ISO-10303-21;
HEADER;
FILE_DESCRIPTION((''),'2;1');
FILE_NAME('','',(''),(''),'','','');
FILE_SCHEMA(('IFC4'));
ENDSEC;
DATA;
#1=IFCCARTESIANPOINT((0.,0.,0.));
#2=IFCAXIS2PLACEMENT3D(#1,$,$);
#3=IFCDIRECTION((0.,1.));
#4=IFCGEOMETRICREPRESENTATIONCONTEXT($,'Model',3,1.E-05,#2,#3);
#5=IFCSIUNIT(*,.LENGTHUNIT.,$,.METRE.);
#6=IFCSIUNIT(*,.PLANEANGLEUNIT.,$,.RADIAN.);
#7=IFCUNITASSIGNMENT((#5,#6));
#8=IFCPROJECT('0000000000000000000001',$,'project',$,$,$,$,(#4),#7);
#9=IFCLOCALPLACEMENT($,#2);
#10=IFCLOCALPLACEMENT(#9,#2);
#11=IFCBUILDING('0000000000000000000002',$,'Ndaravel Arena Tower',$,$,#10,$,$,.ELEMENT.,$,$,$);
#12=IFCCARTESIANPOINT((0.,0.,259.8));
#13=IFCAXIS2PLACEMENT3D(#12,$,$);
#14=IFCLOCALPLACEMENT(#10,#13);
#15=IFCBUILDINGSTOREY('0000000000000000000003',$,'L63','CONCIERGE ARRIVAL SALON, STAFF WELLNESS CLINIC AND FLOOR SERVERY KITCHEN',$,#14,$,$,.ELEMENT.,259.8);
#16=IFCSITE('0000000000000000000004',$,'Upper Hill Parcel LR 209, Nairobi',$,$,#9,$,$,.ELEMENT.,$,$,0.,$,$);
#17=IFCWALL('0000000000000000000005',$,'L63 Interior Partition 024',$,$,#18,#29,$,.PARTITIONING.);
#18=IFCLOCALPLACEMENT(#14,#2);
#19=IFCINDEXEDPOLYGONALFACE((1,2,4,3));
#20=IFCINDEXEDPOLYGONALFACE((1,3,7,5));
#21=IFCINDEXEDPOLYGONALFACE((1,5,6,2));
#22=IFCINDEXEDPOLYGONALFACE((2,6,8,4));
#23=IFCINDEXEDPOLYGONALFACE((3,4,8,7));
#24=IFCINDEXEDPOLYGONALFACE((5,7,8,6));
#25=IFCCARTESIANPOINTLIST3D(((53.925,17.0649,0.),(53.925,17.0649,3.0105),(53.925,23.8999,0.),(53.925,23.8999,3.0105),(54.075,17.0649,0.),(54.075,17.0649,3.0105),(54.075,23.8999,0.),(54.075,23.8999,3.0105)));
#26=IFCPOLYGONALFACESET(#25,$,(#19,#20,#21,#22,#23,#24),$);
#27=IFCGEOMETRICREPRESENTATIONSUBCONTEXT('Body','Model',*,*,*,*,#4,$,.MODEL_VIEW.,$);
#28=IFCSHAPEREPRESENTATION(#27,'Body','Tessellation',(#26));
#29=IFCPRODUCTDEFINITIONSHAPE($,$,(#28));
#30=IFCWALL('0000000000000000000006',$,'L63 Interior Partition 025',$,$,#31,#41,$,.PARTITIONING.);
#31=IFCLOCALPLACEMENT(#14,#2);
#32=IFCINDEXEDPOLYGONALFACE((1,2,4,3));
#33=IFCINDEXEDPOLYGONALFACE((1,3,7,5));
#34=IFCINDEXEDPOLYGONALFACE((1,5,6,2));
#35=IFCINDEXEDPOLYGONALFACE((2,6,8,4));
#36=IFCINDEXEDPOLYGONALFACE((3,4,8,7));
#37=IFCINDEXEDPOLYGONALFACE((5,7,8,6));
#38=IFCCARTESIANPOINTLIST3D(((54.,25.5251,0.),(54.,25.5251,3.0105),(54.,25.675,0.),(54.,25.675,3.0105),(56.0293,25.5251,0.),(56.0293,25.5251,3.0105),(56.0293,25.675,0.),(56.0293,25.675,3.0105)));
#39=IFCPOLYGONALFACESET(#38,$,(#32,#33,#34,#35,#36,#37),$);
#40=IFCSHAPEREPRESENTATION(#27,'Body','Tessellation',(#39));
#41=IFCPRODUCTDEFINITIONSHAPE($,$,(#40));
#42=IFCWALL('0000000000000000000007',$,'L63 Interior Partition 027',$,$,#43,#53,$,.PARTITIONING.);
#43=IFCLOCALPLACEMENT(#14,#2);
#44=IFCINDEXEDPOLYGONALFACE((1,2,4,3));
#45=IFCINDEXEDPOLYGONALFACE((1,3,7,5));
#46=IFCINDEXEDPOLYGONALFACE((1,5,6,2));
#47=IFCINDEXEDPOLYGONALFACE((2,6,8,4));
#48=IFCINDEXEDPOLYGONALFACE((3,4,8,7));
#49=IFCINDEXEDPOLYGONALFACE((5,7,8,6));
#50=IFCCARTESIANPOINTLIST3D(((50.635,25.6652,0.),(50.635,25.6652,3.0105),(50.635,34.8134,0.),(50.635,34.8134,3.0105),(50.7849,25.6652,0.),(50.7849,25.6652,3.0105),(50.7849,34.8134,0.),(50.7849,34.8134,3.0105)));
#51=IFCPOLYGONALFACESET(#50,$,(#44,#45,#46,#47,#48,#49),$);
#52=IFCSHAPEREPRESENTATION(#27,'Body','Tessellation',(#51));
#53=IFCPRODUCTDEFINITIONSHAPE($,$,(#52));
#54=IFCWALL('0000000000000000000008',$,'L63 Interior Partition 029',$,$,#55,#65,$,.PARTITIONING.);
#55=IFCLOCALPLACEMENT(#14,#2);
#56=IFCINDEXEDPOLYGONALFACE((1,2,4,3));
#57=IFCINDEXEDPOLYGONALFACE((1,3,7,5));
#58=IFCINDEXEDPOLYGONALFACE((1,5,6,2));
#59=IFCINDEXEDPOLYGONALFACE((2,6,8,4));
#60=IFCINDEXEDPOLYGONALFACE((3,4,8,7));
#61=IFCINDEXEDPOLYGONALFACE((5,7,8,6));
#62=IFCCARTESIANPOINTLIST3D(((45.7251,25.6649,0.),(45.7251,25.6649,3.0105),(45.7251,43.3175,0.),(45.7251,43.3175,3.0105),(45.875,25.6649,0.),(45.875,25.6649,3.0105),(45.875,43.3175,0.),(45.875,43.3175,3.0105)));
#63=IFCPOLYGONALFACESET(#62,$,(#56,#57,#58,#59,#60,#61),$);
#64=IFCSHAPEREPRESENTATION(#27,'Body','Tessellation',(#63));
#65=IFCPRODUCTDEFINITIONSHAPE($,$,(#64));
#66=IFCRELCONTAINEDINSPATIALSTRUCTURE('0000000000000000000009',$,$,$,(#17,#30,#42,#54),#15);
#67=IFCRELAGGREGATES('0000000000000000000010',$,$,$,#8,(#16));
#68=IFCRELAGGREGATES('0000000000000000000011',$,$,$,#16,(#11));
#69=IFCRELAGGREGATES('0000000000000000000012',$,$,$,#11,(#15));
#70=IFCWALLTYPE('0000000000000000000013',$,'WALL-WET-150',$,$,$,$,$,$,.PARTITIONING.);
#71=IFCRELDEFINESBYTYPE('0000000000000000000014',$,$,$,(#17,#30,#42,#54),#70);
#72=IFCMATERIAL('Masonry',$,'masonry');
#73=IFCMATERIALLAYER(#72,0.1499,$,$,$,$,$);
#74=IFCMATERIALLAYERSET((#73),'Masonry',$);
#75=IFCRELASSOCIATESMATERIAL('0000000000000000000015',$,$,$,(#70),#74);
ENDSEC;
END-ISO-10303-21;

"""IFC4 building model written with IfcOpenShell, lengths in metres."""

from ifc_helpers import new_model, si_unit, direction, frame, frame_2d, origin, place, context, subcontext, project, spatial, rectangle, extrude, material, layer, layer_set, type_object, element, save


model = new_model("IFC4")

# Units and contexts
model_context = context("Model", 3, precision=1e-05, world=origin(), true_north=direction((0.0, 1.0)))
body_context = subcontext(model_context, "Body", "Model", "MODEL_VIEW")
ifc_project = project(units=[si_unit("LENGTHUNIT", "METRE"), si_unit("PLANEANGLEUNIT", "RADIAN")], contexts=[model_context])

# Site, building, storey
site_placement = place(None, origin())
site = spatial("IfcSite", under=ifc_project, at=site_placement, Name="Upper Hill Parcel LR 209, Nairobi", CompositionType="ELEMENT", RefElevation=0.0)
building_placement = place(site_placement, origin())
building = spatial("IfcBuilding", under=site, at=building_placement, Name="Ndaravel Arena Tower", CompositionType="ELEMENT")
storey_placement = place(building_placement, frame((0.0, 0.0, 259.8)))
storey = spatial("IfcBuildingStorey", under=building, at=storey_placement, Name="L63", Description="CONCIERGE ARRIVAL SALON, STAFF WELLNESS CLINIC AND FLOOR SERVERY KITCHEN", CompositionType="ELEMENT", Elevation=259.8)

# Shared definitions
ifc_material_1 = material(Name="Masonry", Category="masonry")
ifc_layer_1 = layer(ifc_material_1, 0.1499)
ifc_layer_set_1 = layer_set([ifc_layer_1], Name="Masonry")
wall_type_1 = type_object("IfcWallType", Name="WALL-WET-150", PredefinedType="PARTITIONING", material=ifc_layer_set_1)

# Walls
wall_1_placement = place(storey_placement, frame((54.0, 23.8999, 0.0), z_axis=(0.0, 0.0, 1.0), x_axis=(0.0, -1.0, 0.0)))
element("IfcWall", 1, at=wall_1_placement, inside=storey, type_object=wall_type_1, Name="L63 Interior Partition 024", PredefinedType="PARTITIONING", context=body_context, shape_type="SweptSolid", body=[
    extrude(rectangle(XDim=6.835, YDim=0.1499, at=frame_2d((3.4175, 0.0))), origin(), (0.0, 0.0, 1.0), 3.0105),
])
wall_2_placement = place(storey_placement, frame((54.0, 25.6001, 0.0), z_axis=(0.0, 0.0, 1.0), x_axis=(1.0, 0.0, 0.0)))
element("IfcWall", 2, at=wall_2_placement, inside=storey, type_object=wall_type_1, Name="L63 Interior Partition 025", PredefinedType="PARTITIONING", context=body_context, shape_type="SweptSolid", body=[
    extrude(rectangle(XDim=2.0293, YDim=0.1499, at=frame_2d((1.0146, 0.0))), origin(), (0.0, 0.0, 1.0), 3.0105),
])
wall_3_placement = place(storey_placement, frame((50.71, 25.665, 0.0), z_axis=(0.0, 0.0, 1.0), x_axis=(0.0, 1.0, 0.0)))
element("IfcWall", 3, at=wall_3_placement, inside=storey, type_object=wall_type_1, Name="L63 Interior Partition 027", PredefinedType="PARTITIONING", context=body_context, shape_type="SweptSolid", body=[
    extrude(rectangle(XDim=9.1482, YDim=0.1499, at=frame_2d((4.5742, 0.0))), origin(), (0.0, 0.0, 1.0), 3.0105),
])
wall_4_placement = place(storey_placement, frame((45.8, 25.665, 0.0), z_axis=(0.0, 0.0, 1.0), x_axis=(0.0, 1.0, 0.0)))
element("IfcWall", 4, at=wall_4_placement, inside=storey, type_object=wall_type_1, Name="L63 Interior Partition 029", PredefinedType="PARTITIONING", context=body_context, shape_type="SweptSolid", body=[
    extrude(rectangle(XDim=17.6526, YDim=0.1499, at=frame_2d((8.8262, 0.0))), origin(), (0.0, 0.0, 1.0), 3.0105),
])

save(model, "model.ifc")
